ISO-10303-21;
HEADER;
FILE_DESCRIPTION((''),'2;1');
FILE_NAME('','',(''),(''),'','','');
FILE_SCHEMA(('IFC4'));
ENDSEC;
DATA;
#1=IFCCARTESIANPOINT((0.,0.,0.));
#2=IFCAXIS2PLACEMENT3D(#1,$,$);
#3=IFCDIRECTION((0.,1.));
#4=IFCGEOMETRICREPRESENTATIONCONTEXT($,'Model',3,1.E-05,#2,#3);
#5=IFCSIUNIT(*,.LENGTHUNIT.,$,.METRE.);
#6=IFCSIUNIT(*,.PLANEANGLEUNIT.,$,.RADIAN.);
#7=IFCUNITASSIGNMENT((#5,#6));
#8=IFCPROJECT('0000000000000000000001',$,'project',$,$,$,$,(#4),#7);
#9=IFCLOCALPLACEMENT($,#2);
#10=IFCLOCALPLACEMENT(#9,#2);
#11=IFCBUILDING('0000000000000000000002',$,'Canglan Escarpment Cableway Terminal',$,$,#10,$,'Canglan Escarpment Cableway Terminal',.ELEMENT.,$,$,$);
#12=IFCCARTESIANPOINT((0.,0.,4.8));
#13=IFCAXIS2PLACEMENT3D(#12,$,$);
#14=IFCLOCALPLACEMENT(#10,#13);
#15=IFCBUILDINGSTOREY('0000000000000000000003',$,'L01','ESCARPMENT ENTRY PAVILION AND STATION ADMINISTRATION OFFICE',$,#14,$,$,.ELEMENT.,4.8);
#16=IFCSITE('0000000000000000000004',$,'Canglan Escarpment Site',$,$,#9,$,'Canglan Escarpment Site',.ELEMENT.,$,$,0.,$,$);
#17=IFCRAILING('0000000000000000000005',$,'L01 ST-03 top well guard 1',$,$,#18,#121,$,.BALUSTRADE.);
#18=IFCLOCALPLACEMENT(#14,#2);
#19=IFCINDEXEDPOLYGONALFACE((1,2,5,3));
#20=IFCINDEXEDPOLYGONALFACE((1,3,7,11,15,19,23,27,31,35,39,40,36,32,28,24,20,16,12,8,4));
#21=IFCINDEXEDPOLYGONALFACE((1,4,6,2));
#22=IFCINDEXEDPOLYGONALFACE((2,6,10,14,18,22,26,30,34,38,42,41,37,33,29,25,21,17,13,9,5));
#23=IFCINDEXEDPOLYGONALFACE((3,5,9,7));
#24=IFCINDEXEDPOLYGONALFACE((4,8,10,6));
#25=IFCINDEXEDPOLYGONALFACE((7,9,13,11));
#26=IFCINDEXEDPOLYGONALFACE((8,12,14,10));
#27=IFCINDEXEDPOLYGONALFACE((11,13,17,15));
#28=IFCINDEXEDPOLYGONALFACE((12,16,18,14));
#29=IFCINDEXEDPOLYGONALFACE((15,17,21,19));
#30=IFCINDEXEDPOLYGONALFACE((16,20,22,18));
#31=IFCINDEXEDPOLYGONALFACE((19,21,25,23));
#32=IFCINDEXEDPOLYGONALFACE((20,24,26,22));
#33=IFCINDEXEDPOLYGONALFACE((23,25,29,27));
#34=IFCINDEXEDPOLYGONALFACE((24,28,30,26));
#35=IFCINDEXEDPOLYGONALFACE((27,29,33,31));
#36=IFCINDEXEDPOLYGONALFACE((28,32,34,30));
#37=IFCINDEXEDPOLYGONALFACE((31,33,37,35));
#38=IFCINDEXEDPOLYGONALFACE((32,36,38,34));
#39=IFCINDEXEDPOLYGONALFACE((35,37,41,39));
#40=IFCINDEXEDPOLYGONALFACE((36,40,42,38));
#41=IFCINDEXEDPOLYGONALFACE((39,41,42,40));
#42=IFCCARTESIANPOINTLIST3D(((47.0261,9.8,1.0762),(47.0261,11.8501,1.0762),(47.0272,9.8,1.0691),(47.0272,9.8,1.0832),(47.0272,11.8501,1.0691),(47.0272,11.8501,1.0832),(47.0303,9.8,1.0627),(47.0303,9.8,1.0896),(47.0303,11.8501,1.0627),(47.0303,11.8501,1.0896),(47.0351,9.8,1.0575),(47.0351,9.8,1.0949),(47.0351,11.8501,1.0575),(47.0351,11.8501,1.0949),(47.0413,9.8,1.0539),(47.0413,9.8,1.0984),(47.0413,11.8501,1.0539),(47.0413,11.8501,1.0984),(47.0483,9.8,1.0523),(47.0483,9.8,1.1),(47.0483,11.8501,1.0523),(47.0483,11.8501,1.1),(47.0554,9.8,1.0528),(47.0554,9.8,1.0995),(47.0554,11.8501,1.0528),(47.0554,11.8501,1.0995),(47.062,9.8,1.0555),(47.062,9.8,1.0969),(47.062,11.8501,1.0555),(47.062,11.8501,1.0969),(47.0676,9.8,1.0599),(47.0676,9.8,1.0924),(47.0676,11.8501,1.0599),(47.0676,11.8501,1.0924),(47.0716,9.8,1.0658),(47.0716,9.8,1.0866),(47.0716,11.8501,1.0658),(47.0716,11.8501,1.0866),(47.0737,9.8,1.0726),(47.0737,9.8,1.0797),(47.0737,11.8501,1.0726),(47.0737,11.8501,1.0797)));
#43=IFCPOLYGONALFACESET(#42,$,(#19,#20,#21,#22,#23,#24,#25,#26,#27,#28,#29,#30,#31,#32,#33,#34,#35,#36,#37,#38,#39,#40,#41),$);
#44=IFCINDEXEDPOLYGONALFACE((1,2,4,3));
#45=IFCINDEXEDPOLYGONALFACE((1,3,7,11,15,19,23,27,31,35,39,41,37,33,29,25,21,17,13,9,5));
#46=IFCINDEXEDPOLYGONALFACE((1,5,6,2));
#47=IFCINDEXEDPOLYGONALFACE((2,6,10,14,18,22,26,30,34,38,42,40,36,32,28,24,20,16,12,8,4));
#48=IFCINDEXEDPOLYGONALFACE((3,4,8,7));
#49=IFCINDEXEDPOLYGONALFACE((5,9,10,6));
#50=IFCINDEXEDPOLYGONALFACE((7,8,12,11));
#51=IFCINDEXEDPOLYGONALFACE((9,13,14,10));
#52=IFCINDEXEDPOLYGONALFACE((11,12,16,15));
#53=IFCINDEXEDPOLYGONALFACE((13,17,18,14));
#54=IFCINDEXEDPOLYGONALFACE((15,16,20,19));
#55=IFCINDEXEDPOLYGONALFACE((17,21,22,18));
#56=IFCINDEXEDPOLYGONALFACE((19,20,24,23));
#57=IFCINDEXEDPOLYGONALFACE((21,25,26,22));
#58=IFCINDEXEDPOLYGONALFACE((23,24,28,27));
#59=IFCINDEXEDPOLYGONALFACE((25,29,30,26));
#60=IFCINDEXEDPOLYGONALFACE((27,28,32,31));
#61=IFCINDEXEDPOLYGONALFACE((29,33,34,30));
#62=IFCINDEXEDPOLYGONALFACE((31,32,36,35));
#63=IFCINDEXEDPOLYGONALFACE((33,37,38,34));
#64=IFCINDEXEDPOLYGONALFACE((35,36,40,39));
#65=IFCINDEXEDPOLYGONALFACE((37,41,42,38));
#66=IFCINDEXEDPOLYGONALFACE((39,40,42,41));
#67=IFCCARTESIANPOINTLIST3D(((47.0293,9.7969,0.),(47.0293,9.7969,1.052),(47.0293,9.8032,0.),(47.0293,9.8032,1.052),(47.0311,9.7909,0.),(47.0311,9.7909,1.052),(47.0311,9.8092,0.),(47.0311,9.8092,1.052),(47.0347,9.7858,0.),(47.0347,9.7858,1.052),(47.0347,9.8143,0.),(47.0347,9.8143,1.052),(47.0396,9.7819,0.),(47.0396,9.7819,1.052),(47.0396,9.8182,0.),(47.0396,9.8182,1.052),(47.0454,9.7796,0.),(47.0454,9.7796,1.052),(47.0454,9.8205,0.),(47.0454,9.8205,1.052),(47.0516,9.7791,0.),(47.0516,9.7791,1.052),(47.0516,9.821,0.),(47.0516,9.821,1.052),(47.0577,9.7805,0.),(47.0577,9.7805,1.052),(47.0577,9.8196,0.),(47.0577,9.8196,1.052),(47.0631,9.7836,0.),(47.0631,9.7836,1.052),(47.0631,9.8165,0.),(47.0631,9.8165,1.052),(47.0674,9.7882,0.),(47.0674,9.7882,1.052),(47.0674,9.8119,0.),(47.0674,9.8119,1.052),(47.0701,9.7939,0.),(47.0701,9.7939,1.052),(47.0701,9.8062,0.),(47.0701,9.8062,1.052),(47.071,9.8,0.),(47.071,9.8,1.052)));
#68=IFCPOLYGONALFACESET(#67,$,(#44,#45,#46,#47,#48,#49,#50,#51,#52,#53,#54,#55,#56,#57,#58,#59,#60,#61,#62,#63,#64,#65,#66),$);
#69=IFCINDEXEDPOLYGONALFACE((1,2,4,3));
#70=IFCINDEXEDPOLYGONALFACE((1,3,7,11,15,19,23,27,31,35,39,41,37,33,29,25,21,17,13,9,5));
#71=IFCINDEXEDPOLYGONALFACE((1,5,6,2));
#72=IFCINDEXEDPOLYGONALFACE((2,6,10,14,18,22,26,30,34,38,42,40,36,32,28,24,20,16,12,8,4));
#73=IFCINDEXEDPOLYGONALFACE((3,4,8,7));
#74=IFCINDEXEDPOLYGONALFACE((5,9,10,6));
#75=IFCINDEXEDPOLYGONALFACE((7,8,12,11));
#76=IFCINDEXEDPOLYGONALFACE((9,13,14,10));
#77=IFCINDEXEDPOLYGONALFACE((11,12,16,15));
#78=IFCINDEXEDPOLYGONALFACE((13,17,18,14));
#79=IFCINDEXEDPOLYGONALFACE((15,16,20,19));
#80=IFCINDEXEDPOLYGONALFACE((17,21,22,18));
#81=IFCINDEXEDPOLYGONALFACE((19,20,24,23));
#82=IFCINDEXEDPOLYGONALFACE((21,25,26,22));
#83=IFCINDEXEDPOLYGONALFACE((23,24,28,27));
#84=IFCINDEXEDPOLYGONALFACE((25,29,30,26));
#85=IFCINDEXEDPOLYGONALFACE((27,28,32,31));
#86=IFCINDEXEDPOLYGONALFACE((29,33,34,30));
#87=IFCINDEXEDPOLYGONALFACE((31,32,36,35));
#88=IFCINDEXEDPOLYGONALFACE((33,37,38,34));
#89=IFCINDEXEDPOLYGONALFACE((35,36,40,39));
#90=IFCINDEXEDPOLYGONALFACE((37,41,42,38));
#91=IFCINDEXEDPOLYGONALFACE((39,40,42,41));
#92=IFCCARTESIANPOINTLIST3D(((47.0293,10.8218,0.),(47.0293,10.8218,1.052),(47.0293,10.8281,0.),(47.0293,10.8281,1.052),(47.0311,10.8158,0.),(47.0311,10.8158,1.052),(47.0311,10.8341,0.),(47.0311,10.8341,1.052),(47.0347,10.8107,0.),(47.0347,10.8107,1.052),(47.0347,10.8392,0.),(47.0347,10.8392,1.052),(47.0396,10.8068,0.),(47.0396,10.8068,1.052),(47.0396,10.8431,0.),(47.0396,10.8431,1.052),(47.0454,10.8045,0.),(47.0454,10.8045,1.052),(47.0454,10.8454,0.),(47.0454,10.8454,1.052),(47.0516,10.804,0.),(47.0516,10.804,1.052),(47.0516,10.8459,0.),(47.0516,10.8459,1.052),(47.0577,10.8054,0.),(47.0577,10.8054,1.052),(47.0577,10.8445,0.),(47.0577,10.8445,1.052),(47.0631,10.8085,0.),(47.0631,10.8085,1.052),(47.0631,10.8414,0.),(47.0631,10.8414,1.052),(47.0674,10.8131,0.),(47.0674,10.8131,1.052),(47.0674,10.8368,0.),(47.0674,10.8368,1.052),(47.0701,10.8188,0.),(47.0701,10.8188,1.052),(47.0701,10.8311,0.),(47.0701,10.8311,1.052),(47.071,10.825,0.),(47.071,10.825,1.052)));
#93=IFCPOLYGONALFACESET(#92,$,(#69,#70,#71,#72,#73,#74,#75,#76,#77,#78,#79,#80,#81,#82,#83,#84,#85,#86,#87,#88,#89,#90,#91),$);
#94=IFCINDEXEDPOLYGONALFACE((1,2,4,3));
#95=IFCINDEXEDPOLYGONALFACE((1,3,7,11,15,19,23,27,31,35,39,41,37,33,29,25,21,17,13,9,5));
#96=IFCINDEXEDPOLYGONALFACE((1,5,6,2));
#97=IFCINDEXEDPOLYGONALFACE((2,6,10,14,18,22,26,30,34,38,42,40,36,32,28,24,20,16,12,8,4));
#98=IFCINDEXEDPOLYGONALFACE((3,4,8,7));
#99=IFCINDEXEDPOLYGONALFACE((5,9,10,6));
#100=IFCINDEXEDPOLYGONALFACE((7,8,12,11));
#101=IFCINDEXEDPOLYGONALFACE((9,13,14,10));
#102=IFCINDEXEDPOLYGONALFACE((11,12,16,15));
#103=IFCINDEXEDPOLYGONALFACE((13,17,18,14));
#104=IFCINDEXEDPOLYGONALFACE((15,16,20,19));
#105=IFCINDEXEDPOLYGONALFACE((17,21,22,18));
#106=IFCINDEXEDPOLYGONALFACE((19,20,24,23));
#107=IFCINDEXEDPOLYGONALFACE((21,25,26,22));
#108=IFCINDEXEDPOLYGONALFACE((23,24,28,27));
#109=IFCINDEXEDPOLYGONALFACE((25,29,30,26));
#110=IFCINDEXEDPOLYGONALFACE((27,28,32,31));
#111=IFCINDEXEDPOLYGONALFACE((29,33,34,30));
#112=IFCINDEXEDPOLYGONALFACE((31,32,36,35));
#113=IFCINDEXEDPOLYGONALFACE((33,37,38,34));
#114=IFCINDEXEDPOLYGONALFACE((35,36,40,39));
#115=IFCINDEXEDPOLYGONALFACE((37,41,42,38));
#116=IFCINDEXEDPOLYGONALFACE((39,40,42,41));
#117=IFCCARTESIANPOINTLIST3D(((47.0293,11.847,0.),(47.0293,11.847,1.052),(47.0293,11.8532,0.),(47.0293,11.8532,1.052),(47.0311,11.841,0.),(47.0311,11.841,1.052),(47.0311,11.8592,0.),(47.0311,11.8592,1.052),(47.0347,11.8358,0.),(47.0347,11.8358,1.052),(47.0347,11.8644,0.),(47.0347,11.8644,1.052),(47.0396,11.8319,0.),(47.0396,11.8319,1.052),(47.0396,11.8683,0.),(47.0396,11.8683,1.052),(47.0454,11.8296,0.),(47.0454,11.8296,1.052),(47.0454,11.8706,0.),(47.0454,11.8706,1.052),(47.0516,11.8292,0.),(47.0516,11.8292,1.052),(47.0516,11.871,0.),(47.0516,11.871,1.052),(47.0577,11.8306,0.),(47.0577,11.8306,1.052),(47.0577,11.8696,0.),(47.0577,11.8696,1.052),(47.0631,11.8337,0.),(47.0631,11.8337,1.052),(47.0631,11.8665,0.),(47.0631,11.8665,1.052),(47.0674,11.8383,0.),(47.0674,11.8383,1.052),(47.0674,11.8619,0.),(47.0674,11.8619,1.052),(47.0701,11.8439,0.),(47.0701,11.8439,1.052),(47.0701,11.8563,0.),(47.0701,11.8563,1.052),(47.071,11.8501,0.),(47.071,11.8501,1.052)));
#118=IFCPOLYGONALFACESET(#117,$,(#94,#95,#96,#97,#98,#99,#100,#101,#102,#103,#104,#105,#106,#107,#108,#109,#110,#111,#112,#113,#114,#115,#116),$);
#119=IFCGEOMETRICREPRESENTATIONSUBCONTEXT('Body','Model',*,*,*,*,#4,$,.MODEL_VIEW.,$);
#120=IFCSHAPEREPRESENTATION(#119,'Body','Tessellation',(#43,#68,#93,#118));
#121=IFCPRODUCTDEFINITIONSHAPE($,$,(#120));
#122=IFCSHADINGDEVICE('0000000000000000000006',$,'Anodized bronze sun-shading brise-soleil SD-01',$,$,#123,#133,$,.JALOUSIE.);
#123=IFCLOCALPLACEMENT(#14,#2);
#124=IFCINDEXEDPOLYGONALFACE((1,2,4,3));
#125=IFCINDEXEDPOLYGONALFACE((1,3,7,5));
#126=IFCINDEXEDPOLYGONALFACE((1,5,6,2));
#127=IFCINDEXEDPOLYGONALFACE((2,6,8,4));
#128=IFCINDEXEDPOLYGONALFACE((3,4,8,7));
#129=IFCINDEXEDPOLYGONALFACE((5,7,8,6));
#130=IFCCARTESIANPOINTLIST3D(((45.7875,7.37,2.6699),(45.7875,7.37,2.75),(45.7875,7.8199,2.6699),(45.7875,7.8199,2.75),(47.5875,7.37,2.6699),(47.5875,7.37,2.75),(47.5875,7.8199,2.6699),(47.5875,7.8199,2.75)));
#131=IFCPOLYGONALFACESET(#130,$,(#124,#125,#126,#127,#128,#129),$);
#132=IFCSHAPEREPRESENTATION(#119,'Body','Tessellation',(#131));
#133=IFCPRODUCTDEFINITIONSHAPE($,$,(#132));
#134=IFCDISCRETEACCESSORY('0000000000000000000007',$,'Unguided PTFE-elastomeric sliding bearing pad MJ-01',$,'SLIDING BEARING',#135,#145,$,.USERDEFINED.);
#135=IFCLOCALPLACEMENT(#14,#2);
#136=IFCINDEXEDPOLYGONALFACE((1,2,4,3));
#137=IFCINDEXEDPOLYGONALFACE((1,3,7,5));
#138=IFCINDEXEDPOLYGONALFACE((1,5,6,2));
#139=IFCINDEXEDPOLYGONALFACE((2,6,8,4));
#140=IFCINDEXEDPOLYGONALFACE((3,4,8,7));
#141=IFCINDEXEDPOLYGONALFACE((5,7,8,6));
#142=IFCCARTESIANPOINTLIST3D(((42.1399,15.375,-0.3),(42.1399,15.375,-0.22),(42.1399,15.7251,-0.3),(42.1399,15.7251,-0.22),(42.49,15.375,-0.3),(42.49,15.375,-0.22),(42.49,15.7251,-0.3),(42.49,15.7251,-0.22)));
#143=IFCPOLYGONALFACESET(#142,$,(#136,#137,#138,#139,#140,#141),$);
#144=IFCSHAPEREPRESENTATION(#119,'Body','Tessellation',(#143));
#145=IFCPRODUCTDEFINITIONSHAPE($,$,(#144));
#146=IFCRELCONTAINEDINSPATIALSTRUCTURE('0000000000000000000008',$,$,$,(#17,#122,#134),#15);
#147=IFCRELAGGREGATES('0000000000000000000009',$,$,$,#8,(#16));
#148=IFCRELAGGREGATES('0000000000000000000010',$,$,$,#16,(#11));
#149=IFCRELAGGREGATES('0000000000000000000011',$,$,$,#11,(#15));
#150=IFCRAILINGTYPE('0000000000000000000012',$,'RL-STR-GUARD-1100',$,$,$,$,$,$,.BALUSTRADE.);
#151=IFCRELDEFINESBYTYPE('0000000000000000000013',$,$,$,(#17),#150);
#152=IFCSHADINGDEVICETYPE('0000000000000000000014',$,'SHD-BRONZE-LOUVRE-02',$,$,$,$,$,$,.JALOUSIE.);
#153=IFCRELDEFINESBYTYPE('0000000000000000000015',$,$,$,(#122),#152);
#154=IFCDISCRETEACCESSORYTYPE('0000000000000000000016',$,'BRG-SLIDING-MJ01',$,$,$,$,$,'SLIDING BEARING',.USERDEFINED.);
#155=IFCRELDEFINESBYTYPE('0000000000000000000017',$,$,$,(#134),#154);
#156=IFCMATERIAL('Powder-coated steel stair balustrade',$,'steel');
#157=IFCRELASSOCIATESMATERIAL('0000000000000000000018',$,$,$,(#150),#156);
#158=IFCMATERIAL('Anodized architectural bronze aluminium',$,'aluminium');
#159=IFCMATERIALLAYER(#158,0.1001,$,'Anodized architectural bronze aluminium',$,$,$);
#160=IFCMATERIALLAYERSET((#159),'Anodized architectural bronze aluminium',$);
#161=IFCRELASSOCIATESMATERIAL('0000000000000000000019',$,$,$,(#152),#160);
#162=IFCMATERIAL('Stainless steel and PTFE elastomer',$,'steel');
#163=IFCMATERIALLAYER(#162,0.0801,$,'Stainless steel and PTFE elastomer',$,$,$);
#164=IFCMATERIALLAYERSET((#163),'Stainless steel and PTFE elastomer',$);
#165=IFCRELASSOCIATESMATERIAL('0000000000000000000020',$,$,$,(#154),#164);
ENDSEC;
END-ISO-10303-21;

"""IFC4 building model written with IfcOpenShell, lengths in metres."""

from ifc_helpers import new_model, si_unit, direction, frame, origin, origin_2d, place, context, subcontext, project, spatial, rectangle, circle, extrude, material, layer, layer_set, type_object, element, save


model = new_model("IFC4")

# Units and contexts
model_context = context("Model", 3, precision=1e-05, world=origin(), true_north=direction((0.0, 1.0)))
body_context = subcontext(model_context, "Body", "Model", "MODEL_VIEW")
ifc_project = project(units=[si_unit("LENGTHUNIT", "METRE"), si_unit("PLANEANGLEUNIT", "RADIAN")], contexts=[model_context])

# Site, building, storey
site_placement = place(None, origin())
site = spatial("IfcSite", under=ifc_project, at=site_placement, Name="Canglan Escarpment Site", LongName="Canglan Escarpment Site", CompositionType="ELEMENT", RefElevation=0.0)
building_placement = place(site_placement, origin())
building = spatial("IfcBuilding", under=site, at=building_placement, Name="Canglan Escarpment Cableway Terminal", LongName="Canglan Escarpment Cableway Terminal", CompositionType="ELEMENT")
storey_placement = place(building_placement, frame((0.0, 0.0, 4.8)))
storey = spatial("IfcBuildingStorey", under=building, at=storey_placement, Name="L01", Description="ESCARPMENT ENTRY PAVILION AND STATION ADMINISTRATION OFFICE", CompositionType="ELEMENT", Elevation=4.8)

# Railing
ifc_material_1 = material(Name="Powder-coated steel stair balustrade", Category="steel")
railing_type_1 = type_object("IfcRailingType", Name="RL-STR-GUARD-1100", PredefinedType="BALUSTRADE", material=ifc_material_1)
railing_1_placement = place(storey_placement, frame((47.05, 9.8, 0.0)))
element("IfcRailing", 1, at=railing_1_placement, inside=storey, type_object=railing_type_1, Name="L01 ST-03 top well guard 1", PredefinedType="BALUSTRADE", context=body_context, shape_type="SweptSolid", body=[
    extrude(circle(Radius=0.0239, at=origin_2d()), frame((0.0, 0.0, 1.0762), z_axis=(0.0, 1.0, 0.0), x_axis=(-1.0, 0.0, 0.0)), (0.0, 0.0, 1.0), 2.05),
    extrude(circle(Radius=0.021, at=origin_2d()), origin(), (0.0, 0.0, 1.0), 1.052),
    extrude(circle(Radius=0.021, at=origin_2d()), frame((0.0, 1.0249, 0.0)), (0.0, 0.0, 1.0), 1.052),
    extrude(circle(Radius=0.021, at=origin_2d()), frame((0.0, 2.05, 0.0)), (0.0, 0.0, 1.0), 1.052),
])

# Shading device
ifc_material_2 = material(Name="Anodized architectural bronze aluminium", Category="aluminium")
ifc_layer_1 = layer(ifc_material_2, 0.1001, Name="Anodized architectural bronze aluminium")
ifc_layer_set_1 = layer_set([ifc_layer_1], Name="Anodized architectural bronze aluminium")
shading_device_type = type_object("IfcShadingDeviceType", Name="SHD-BRONZE-LOUVRE-02", PredefinedType="JALOUSIE", material=ifc_layer_set_1)
shading_device_placement = place(storey_placement, frame((46.6875, 7.595, 2.6699), z_axis=(0.0, 0.0, 1.0), x_axis=(1.0, 0.0, 0.0)))
element("IfcShadingDevice", 2, at=shading_device_placement, inside=storey, type_object=shading_device_type, Name="Anodized bronze sun-shading brise-soleil SD-01", PredefinedType="JALOUSIE", context=body_context, shape_type="SweptSolid", body=[
    extrude(rectangle(XDim=1.8, YDim=0.45, at=origin_2d()), origin(), (0.0, 0.0, 1.0), 0.0801),
])

# Discrete accessory
ifc_material_3 = material(Name="Stainless steel and PTFE elastomer", Category="steel")
ifc_layer_2 = layer(ifc_material_3, 0.0801, Name="Stainless steel and PTFE elastomer")
ifc_layer_set_2 = layer_set([ifc_layer_2], Name="Stainless steel and PTFE elastomer")
discrete_accessory_type = type_object("IfcDiscreteAccessoryType", Name="BRG-SLIDING-MJ01", ElementType="SLIDING BEARING", PredefinedType="USERDEFINED", material=ifc_layer_set_2)
discrete_accessory_placement = place(storey_placement, frame((42.3149, 15.55, -0.3), z_axis=(0.0, 0.0, 1.0), x_axis=(1.0, 0.0, 0.0)))
element("IfcDiscreteAccessory", 3, at=discrete_accessory_placement, inside=storey, type_object=discrete_accessory_type, Name="Unguided PTFE-elastomeric sliding bearing pad MJ-01", ObjectType="SLIDING BEARING", PredefinedType="USERDEFINED", context=body_context, shape_type="SweptSolid", body=[
    extrude(rectangle(XDim=0.3501, YDim=0.3501, at=origin_2d()), origin(), (0.0, 0.0, 1.0), 0.0801),
])

save(model, "model.ifc")
